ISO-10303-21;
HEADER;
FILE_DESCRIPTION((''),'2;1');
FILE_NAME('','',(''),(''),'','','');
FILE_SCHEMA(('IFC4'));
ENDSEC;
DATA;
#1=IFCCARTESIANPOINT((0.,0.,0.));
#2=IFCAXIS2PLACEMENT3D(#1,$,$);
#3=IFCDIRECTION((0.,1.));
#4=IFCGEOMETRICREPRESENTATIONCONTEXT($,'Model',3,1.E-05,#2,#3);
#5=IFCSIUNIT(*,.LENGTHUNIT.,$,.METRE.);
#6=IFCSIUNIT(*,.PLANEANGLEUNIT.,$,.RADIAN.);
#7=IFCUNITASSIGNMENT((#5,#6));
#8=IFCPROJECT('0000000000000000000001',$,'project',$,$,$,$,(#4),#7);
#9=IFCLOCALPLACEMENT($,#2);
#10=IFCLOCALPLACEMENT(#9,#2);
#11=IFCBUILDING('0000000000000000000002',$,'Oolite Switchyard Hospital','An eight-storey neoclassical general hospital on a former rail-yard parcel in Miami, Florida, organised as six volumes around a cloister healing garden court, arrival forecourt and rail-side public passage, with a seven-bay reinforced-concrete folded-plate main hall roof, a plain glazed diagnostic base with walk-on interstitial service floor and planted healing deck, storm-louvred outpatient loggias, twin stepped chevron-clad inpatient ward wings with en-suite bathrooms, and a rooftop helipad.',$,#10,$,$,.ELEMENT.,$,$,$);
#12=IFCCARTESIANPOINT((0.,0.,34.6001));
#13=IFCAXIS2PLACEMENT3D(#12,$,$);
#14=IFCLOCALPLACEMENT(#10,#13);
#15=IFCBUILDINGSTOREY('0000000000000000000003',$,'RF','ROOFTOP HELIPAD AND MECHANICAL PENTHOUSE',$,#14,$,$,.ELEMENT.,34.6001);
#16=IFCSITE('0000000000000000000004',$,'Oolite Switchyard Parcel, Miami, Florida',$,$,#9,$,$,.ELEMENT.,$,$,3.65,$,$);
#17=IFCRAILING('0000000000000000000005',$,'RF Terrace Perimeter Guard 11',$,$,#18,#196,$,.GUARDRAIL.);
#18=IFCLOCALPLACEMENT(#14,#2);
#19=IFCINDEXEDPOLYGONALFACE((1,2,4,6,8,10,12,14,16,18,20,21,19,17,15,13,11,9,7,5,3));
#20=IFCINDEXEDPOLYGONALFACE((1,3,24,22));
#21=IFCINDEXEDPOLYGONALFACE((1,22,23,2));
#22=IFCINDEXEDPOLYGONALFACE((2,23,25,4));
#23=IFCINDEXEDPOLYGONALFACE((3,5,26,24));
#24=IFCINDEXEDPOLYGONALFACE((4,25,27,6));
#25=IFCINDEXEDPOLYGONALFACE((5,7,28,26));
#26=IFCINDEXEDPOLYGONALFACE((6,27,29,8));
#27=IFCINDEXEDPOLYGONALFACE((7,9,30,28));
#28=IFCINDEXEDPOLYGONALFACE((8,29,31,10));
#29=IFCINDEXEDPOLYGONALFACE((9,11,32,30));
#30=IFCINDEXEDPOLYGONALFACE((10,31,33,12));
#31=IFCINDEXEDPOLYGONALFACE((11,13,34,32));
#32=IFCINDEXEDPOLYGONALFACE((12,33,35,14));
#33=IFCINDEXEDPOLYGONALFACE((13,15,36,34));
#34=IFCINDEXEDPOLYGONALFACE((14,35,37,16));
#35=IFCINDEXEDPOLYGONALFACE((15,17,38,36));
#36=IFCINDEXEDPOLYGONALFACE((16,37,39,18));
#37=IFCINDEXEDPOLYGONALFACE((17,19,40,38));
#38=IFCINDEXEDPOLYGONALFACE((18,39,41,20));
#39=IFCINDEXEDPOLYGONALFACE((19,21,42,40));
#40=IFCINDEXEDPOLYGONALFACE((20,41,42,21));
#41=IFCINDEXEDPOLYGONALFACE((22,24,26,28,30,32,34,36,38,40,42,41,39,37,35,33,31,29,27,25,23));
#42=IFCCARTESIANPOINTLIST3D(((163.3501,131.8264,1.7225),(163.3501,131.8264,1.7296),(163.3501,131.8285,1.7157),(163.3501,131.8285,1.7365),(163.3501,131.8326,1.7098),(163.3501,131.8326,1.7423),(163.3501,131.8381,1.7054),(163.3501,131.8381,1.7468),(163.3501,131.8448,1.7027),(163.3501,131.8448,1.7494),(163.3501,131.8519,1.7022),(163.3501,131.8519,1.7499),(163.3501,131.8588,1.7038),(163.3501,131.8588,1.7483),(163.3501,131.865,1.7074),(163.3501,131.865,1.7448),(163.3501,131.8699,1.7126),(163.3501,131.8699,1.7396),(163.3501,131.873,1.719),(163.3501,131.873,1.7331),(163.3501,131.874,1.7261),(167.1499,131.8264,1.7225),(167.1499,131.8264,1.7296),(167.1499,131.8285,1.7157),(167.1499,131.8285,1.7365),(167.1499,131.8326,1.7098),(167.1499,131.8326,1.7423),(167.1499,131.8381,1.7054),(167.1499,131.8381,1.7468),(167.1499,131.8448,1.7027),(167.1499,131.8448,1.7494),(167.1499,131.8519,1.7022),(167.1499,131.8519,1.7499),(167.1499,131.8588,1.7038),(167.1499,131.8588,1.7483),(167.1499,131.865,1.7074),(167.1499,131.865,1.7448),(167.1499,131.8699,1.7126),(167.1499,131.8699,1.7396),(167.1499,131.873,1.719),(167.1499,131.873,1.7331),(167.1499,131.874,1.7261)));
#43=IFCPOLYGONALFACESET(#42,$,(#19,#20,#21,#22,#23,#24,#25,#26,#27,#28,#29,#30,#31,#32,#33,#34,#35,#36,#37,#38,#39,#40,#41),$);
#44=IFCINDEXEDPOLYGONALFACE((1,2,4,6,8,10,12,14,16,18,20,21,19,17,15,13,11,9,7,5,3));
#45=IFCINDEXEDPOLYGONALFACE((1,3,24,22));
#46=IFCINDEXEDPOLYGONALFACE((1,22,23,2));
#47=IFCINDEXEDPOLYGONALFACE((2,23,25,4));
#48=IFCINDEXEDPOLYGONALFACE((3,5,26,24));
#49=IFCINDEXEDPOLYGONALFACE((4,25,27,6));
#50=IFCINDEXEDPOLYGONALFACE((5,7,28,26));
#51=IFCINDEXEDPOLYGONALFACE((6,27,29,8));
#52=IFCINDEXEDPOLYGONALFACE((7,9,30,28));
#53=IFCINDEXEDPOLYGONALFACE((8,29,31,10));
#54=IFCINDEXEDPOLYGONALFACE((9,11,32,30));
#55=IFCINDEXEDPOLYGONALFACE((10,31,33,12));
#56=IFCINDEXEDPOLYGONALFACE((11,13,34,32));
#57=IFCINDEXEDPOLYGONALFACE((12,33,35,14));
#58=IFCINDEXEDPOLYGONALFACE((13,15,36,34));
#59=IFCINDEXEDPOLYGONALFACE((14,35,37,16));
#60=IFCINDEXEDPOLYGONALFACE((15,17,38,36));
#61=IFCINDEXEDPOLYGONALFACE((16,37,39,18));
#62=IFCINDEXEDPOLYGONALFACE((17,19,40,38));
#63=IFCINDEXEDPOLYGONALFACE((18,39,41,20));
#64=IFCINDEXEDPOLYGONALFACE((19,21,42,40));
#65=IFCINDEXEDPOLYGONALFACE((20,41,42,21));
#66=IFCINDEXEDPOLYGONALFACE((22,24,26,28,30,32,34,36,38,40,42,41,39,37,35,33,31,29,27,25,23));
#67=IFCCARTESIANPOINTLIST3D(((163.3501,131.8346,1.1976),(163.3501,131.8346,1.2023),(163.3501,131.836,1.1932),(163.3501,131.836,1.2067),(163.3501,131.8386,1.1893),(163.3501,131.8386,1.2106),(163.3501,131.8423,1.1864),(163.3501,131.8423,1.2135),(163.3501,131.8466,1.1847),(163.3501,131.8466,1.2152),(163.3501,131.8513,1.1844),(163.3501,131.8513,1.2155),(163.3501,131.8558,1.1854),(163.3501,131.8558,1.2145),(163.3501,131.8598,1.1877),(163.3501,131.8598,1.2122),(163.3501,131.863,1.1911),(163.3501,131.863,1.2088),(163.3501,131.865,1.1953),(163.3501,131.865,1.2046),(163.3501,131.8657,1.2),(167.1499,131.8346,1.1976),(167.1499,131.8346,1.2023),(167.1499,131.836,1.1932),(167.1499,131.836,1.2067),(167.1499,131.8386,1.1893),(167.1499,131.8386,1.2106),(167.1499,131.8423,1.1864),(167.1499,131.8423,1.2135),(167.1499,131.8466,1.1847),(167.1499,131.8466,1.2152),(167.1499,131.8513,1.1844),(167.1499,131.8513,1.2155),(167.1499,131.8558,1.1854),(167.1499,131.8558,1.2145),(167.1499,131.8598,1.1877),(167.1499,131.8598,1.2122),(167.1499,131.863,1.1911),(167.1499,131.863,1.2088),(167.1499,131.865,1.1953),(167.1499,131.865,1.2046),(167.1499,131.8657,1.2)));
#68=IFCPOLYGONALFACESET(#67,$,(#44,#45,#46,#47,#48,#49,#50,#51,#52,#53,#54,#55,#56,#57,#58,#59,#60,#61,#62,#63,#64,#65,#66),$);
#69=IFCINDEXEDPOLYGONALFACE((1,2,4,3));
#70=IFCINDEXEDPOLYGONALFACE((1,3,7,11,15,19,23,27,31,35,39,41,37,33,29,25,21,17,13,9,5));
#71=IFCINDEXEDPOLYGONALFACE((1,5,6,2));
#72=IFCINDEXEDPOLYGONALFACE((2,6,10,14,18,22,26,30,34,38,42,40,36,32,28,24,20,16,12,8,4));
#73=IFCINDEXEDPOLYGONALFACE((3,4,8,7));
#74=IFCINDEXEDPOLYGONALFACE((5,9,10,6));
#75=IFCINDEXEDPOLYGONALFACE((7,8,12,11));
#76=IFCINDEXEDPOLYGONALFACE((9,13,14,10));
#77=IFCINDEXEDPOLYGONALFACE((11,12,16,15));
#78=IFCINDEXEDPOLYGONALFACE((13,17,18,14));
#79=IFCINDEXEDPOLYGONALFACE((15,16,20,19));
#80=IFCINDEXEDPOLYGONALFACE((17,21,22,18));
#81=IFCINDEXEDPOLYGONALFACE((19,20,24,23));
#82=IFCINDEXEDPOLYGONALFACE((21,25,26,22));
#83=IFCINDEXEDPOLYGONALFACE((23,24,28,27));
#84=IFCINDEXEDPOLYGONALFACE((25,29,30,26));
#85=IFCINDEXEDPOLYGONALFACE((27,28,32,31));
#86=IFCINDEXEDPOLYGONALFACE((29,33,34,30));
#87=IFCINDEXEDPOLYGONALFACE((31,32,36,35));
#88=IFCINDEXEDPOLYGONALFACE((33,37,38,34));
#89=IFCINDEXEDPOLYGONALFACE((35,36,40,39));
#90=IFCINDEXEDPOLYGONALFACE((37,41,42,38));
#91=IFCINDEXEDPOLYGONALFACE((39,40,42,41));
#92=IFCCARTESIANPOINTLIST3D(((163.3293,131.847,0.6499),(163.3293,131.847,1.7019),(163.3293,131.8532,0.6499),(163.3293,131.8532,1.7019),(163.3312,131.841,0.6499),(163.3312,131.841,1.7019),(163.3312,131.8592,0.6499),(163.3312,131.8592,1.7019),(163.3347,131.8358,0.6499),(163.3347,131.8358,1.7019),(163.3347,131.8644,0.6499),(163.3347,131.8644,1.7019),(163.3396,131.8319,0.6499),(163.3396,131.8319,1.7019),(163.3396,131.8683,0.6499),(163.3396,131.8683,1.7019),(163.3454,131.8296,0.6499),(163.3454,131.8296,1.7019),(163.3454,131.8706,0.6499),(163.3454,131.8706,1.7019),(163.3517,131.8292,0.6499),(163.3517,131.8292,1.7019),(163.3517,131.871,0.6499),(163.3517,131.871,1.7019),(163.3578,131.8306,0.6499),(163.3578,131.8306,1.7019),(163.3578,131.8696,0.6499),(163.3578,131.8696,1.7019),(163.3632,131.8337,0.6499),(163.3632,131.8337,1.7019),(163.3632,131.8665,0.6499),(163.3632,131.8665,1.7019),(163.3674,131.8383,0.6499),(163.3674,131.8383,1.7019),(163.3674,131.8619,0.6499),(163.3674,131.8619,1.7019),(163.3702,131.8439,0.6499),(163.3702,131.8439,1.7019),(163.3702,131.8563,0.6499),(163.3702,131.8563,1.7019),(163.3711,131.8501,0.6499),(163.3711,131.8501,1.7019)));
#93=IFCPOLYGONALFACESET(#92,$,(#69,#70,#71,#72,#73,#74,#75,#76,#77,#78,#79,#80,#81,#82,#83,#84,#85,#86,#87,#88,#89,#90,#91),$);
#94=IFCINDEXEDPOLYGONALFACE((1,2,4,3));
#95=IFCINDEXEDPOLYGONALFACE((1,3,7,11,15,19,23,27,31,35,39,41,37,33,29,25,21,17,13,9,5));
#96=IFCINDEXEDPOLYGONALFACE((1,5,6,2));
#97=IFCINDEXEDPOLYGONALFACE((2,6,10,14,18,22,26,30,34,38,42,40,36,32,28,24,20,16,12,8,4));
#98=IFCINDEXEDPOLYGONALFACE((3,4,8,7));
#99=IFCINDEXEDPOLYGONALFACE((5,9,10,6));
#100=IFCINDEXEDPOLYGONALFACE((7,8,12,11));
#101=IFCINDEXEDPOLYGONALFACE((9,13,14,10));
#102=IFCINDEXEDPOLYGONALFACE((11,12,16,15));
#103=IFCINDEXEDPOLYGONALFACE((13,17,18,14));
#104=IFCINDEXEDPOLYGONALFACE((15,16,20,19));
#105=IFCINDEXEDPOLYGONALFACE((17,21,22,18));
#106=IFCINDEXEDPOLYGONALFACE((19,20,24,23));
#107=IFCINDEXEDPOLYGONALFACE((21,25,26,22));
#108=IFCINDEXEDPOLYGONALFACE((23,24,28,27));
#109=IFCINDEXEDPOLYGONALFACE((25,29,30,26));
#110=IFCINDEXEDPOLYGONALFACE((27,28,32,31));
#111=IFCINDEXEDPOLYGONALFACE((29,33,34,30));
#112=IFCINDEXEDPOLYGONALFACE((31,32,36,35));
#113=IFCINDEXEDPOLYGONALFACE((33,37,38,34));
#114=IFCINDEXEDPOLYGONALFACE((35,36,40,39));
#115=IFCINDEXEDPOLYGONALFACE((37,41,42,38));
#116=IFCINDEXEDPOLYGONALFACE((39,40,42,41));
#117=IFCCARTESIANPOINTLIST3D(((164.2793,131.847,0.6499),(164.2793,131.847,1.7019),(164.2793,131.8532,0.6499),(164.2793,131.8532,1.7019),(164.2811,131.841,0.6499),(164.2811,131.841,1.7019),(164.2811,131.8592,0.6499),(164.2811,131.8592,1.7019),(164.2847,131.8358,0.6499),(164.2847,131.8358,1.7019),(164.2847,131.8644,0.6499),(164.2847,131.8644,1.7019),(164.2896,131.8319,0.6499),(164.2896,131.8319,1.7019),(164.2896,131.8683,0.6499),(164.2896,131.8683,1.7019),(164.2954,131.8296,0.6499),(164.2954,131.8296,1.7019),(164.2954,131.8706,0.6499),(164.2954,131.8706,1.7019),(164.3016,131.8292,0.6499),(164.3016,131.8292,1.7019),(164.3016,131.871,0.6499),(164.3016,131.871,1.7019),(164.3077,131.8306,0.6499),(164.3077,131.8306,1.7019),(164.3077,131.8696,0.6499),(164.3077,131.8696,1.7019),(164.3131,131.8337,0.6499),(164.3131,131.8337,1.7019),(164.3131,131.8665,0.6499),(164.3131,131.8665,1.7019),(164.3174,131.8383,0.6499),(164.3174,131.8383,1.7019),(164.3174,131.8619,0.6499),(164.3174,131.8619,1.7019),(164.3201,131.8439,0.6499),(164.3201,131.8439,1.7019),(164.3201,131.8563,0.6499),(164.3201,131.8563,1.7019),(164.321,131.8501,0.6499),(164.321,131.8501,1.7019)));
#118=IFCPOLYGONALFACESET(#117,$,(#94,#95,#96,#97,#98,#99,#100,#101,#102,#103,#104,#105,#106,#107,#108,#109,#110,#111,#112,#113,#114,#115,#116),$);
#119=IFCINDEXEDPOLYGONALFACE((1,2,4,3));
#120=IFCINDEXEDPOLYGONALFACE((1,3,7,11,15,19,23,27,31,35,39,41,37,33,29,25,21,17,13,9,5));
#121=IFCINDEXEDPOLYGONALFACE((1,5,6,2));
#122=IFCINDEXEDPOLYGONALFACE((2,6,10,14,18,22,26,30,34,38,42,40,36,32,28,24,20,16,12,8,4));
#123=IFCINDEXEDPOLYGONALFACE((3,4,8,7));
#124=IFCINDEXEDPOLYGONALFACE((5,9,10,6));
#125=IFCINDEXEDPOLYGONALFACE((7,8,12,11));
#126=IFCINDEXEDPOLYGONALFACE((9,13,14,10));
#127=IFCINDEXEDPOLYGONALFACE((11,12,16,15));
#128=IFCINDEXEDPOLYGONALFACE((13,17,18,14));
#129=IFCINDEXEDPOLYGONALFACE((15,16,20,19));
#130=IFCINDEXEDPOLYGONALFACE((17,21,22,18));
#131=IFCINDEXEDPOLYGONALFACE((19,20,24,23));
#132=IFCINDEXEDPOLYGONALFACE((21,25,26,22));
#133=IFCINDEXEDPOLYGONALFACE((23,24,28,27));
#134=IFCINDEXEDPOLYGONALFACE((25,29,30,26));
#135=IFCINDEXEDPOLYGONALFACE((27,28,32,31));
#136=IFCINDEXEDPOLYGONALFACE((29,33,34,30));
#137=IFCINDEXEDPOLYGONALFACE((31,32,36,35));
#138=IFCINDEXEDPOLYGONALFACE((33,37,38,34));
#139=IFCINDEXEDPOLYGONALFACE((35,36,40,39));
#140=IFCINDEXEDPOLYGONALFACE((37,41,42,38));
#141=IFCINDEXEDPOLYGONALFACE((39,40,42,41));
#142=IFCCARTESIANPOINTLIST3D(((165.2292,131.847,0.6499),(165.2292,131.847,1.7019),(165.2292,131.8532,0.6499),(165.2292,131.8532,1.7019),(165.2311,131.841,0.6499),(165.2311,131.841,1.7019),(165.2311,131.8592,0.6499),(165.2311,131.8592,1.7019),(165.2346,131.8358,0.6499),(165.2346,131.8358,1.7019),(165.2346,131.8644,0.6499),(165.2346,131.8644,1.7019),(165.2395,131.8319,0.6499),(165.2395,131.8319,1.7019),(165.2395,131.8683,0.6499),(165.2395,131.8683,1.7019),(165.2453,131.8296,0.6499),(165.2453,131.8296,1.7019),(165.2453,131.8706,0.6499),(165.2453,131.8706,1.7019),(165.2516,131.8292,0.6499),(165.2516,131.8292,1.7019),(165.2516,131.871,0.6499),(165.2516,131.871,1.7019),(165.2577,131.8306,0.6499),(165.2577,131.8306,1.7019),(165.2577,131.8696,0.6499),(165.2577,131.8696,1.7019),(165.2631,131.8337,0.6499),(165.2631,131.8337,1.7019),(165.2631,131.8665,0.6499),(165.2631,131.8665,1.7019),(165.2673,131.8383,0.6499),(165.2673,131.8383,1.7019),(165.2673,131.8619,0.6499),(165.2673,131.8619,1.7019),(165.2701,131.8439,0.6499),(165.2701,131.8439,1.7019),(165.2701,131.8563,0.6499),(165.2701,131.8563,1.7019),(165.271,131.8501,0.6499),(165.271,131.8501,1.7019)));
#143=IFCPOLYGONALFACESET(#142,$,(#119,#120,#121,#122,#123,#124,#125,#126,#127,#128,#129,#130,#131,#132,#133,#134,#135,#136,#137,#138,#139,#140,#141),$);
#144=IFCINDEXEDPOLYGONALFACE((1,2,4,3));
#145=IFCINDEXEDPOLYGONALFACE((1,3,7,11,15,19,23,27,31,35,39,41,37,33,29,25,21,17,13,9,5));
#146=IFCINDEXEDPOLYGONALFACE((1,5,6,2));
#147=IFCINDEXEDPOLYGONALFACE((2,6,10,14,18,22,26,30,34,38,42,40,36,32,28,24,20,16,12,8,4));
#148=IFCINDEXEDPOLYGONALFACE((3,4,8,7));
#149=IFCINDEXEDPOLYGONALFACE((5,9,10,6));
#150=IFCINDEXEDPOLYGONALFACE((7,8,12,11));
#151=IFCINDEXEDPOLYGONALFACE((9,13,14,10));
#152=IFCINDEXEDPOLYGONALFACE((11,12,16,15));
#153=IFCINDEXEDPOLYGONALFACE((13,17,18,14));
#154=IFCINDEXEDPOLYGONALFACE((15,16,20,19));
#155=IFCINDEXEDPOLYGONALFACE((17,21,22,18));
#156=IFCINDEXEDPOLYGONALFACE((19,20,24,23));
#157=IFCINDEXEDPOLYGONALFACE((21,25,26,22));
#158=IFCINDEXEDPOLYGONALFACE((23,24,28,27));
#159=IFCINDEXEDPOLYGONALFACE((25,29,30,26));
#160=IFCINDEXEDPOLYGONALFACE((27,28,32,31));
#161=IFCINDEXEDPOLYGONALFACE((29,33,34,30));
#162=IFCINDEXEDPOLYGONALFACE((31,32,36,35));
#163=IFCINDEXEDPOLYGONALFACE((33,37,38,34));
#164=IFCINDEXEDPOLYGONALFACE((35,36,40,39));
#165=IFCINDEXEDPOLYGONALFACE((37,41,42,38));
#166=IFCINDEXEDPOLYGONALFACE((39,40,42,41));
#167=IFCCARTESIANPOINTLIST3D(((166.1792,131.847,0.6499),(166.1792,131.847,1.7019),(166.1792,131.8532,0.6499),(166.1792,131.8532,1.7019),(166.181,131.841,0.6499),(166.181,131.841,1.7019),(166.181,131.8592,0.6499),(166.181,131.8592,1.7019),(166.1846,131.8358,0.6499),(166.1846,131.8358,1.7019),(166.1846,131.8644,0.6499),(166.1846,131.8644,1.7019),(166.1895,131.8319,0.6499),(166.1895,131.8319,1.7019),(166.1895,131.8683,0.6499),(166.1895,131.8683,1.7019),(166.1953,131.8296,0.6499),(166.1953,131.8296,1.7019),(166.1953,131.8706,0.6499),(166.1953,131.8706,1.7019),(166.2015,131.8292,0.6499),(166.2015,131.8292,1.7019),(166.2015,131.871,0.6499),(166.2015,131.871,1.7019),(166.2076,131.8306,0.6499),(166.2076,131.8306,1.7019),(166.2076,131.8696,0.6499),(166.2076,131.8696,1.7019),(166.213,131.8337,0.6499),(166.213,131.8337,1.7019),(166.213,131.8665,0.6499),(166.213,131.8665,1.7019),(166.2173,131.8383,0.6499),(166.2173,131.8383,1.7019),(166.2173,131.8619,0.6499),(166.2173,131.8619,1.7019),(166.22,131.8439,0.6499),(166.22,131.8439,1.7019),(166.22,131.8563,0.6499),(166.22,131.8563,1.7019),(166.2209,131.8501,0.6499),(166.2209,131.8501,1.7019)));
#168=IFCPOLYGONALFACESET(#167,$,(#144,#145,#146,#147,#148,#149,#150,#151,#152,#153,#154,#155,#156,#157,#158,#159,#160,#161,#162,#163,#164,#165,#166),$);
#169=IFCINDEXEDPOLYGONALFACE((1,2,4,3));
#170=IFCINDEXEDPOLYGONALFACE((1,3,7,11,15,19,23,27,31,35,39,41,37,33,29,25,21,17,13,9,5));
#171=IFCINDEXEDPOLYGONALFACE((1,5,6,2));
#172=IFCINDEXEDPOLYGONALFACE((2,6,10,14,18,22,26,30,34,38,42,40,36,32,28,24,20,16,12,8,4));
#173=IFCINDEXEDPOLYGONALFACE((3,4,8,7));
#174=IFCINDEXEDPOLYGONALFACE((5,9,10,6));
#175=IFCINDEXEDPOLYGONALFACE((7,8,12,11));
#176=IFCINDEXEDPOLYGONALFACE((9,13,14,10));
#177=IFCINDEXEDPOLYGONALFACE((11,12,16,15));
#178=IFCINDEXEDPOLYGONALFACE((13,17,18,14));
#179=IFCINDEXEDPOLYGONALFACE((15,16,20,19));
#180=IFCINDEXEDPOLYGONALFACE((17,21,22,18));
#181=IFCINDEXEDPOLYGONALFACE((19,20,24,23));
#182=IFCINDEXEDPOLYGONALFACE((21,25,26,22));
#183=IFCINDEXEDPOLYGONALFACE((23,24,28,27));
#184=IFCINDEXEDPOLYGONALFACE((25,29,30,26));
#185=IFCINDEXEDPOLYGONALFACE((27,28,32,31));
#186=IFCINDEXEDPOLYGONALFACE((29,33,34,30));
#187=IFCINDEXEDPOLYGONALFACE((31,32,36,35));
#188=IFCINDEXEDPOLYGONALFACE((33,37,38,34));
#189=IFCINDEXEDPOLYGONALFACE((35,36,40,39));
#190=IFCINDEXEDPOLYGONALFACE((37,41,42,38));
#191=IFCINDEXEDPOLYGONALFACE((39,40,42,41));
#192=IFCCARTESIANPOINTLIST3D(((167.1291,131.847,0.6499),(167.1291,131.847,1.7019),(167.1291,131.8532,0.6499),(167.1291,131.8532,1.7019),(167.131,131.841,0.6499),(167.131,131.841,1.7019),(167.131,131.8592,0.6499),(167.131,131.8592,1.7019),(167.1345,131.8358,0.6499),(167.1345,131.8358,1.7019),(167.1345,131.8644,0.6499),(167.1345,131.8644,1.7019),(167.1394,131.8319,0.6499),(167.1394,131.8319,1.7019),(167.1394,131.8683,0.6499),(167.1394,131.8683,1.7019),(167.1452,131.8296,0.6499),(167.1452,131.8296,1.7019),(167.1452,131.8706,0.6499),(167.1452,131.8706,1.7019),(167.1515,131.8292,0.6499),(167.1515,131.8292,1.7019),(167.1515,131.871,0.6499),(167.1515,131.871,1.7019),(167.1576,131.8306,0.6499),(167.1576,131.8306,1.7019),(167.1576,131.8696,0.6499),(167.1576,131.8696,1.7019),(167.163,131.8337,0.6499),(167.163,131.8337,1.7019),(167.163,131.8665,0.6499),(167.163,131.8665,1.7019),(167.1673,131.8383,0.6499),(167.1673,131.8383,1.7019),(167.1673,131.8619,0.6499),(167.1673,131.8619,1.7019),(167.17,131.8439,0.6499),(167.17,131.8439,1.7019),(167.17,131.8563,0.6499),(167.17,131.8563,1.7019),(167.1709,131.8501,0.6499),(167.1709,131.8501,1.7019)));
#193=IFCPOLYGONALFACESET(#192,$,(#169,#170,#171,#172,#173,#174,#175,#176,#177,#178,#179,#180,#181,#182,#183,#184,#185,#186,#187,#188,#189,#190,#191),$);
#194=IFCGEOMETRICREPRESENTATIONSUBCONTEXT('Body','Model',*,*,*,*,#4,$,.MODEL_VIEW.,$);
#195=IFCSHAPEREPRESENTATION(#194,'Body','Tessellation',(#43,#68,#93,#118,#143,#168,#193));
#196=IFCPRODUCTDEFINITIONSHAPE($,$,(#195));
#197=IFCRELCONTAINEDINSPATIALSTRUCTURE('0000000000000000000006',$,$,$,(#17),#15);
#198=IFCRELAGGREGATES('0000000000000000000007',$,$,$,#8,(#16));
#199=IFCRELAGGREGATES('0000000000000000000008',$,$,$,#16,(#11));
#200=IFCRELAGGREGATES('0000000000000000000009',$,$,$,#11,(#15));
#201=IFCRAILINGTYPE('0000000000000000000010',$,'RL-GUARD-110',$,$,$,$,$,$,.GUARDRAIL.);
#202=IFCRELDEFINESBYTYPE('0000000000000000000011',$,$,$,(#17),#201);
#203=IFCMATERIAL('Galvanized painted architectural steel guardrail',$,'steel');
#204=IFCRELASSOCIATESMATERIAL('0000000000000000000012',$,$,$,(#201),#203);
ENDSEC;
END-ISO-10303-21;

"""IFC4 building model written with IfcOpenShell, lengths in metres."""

from ifc_helpers import new_model, si_unit, direction, frame, origin, origin_2d, place, context, subcontext, project, spatial, circle, extrude, material, type_object, element, save


model = new_model("IFC4")

# Units and contexts
model_context = context("Model", 3, precision=1e-05, world=origin(), true_north=direction((0.0, 1.0)))
body_context = subcontext(model_context, "Body", "Model", "MODEL_VIEW")
ifc_project = project(units=[si_unit("LENGTHUNIT", "METRE"), si_unit("PLANEANGLEUNIT", "RADIAN")], contexts=[model_context])

# Site, building, storey
site_placement = place(None, origin())
site = spatial("IfcSite", under=ifc_project, at=site_placement, Name="Oolite Switchyard Parcel, Miami, Florida", CompositionType="ELEMENT", RefElevation=3.65)
building_placement = place(site_placement, origin())
building = spatial("IfcBuilding", under=site, at=building_placement, Name="Oolite Switchyard Hospital", Description="An eight-storey neoclassical general hospital on a former rail-yard parcel in Miami, Florida, organised as six volumes around a cloister healing garden court, arrival forecourt and rail-side public passage, with a seven-bay reinforced-concrete folded-plate main hall roof, a plain glazed diagnostic base with walk-on interstitial service floor and planted healing deck, storm-louvred outpatient loggias, twin stepped chevron-clad inpatient ward wings with en-suite bathrooms, and a rooftop helipad.", CompositionType="ELEMENT")
storey_placement = place(building_placement, frame((0.0, 0.0, 34.6001)))
storey = spatial("IfcBuildingStorey", under=building, at=storey_placement, Name="RF", Description="ROOFTOP HELIPAD AND MECHANICAL PENTHOUSE", CompositionType="ELEMENT", Elevation=34.6001)

# Railing
ifc_material_1 = material(Name="Galvanized painted architectural steel guardrail", Category="steel")
railing_type_1 = type_object("IfcRailingType", Name="RL-GUARD-110", PredefinedType="GUARDRAIL", material=ifc_material_1)
railing_1_placement = place(storey_placement, frame((163.3501, 131.8501, 0.6499)))
element("IfcRailing", 1, at=railing_1_placement, inside=storey, type_object=railing_type_1, Name="RF Terrace Perimeter Guard 11", PredefinedType="GUARDRAIL", context=body_context, shape_type="SweptSolid", body=[
    extrude(circle(Radius=0.0239, at=origin_2d()), frame((0.0, 0.0, 1.0762), z_axis=(1.0, 0.0, 0.0), x_axis=(0.0, 1.0, 0.0)), (0.0, 0.0, 1.0), 3.7998),
    extrude(circle(Radius=0.0156, at=origin_2d()), frame((0.0, 0.0, 0.55), z_axis=(1.0, 0.0, 0.0), x_axis=(0.0, 1.0, 0.0)), (0.0, 0.0, 1.0), 3.7998),
    extrude(circle(Radius=0.021, at=origin_2d()), origin(), (0.0, 0.0, 1.0), 1.052),
    extrude(circle(Radius=0.021, at=origin_2d()), frame((0.95, 0.0, 0.0)), (0.0, 0.0, 1.0), 1.052),
    extrude(circle(Radius=0.021, at=origin_2d()), frame((1.8999, 0.0, 0.0)), (0.0, 0.0, 1.0), 1.052),
    extrude(circle(Radius=0.021, at=origin_2d()), frame((2.8499, 0.0, 0.0)), (0.0, 0.0, 1.0), 1.052),
    extrude(circle(Radius=0.021, at=origin_2d()), frame((3.7998, 0.0, 0.0)), (0.0, 0.0, 1.0), 1.052),
])

save(model, "model.ifc")
